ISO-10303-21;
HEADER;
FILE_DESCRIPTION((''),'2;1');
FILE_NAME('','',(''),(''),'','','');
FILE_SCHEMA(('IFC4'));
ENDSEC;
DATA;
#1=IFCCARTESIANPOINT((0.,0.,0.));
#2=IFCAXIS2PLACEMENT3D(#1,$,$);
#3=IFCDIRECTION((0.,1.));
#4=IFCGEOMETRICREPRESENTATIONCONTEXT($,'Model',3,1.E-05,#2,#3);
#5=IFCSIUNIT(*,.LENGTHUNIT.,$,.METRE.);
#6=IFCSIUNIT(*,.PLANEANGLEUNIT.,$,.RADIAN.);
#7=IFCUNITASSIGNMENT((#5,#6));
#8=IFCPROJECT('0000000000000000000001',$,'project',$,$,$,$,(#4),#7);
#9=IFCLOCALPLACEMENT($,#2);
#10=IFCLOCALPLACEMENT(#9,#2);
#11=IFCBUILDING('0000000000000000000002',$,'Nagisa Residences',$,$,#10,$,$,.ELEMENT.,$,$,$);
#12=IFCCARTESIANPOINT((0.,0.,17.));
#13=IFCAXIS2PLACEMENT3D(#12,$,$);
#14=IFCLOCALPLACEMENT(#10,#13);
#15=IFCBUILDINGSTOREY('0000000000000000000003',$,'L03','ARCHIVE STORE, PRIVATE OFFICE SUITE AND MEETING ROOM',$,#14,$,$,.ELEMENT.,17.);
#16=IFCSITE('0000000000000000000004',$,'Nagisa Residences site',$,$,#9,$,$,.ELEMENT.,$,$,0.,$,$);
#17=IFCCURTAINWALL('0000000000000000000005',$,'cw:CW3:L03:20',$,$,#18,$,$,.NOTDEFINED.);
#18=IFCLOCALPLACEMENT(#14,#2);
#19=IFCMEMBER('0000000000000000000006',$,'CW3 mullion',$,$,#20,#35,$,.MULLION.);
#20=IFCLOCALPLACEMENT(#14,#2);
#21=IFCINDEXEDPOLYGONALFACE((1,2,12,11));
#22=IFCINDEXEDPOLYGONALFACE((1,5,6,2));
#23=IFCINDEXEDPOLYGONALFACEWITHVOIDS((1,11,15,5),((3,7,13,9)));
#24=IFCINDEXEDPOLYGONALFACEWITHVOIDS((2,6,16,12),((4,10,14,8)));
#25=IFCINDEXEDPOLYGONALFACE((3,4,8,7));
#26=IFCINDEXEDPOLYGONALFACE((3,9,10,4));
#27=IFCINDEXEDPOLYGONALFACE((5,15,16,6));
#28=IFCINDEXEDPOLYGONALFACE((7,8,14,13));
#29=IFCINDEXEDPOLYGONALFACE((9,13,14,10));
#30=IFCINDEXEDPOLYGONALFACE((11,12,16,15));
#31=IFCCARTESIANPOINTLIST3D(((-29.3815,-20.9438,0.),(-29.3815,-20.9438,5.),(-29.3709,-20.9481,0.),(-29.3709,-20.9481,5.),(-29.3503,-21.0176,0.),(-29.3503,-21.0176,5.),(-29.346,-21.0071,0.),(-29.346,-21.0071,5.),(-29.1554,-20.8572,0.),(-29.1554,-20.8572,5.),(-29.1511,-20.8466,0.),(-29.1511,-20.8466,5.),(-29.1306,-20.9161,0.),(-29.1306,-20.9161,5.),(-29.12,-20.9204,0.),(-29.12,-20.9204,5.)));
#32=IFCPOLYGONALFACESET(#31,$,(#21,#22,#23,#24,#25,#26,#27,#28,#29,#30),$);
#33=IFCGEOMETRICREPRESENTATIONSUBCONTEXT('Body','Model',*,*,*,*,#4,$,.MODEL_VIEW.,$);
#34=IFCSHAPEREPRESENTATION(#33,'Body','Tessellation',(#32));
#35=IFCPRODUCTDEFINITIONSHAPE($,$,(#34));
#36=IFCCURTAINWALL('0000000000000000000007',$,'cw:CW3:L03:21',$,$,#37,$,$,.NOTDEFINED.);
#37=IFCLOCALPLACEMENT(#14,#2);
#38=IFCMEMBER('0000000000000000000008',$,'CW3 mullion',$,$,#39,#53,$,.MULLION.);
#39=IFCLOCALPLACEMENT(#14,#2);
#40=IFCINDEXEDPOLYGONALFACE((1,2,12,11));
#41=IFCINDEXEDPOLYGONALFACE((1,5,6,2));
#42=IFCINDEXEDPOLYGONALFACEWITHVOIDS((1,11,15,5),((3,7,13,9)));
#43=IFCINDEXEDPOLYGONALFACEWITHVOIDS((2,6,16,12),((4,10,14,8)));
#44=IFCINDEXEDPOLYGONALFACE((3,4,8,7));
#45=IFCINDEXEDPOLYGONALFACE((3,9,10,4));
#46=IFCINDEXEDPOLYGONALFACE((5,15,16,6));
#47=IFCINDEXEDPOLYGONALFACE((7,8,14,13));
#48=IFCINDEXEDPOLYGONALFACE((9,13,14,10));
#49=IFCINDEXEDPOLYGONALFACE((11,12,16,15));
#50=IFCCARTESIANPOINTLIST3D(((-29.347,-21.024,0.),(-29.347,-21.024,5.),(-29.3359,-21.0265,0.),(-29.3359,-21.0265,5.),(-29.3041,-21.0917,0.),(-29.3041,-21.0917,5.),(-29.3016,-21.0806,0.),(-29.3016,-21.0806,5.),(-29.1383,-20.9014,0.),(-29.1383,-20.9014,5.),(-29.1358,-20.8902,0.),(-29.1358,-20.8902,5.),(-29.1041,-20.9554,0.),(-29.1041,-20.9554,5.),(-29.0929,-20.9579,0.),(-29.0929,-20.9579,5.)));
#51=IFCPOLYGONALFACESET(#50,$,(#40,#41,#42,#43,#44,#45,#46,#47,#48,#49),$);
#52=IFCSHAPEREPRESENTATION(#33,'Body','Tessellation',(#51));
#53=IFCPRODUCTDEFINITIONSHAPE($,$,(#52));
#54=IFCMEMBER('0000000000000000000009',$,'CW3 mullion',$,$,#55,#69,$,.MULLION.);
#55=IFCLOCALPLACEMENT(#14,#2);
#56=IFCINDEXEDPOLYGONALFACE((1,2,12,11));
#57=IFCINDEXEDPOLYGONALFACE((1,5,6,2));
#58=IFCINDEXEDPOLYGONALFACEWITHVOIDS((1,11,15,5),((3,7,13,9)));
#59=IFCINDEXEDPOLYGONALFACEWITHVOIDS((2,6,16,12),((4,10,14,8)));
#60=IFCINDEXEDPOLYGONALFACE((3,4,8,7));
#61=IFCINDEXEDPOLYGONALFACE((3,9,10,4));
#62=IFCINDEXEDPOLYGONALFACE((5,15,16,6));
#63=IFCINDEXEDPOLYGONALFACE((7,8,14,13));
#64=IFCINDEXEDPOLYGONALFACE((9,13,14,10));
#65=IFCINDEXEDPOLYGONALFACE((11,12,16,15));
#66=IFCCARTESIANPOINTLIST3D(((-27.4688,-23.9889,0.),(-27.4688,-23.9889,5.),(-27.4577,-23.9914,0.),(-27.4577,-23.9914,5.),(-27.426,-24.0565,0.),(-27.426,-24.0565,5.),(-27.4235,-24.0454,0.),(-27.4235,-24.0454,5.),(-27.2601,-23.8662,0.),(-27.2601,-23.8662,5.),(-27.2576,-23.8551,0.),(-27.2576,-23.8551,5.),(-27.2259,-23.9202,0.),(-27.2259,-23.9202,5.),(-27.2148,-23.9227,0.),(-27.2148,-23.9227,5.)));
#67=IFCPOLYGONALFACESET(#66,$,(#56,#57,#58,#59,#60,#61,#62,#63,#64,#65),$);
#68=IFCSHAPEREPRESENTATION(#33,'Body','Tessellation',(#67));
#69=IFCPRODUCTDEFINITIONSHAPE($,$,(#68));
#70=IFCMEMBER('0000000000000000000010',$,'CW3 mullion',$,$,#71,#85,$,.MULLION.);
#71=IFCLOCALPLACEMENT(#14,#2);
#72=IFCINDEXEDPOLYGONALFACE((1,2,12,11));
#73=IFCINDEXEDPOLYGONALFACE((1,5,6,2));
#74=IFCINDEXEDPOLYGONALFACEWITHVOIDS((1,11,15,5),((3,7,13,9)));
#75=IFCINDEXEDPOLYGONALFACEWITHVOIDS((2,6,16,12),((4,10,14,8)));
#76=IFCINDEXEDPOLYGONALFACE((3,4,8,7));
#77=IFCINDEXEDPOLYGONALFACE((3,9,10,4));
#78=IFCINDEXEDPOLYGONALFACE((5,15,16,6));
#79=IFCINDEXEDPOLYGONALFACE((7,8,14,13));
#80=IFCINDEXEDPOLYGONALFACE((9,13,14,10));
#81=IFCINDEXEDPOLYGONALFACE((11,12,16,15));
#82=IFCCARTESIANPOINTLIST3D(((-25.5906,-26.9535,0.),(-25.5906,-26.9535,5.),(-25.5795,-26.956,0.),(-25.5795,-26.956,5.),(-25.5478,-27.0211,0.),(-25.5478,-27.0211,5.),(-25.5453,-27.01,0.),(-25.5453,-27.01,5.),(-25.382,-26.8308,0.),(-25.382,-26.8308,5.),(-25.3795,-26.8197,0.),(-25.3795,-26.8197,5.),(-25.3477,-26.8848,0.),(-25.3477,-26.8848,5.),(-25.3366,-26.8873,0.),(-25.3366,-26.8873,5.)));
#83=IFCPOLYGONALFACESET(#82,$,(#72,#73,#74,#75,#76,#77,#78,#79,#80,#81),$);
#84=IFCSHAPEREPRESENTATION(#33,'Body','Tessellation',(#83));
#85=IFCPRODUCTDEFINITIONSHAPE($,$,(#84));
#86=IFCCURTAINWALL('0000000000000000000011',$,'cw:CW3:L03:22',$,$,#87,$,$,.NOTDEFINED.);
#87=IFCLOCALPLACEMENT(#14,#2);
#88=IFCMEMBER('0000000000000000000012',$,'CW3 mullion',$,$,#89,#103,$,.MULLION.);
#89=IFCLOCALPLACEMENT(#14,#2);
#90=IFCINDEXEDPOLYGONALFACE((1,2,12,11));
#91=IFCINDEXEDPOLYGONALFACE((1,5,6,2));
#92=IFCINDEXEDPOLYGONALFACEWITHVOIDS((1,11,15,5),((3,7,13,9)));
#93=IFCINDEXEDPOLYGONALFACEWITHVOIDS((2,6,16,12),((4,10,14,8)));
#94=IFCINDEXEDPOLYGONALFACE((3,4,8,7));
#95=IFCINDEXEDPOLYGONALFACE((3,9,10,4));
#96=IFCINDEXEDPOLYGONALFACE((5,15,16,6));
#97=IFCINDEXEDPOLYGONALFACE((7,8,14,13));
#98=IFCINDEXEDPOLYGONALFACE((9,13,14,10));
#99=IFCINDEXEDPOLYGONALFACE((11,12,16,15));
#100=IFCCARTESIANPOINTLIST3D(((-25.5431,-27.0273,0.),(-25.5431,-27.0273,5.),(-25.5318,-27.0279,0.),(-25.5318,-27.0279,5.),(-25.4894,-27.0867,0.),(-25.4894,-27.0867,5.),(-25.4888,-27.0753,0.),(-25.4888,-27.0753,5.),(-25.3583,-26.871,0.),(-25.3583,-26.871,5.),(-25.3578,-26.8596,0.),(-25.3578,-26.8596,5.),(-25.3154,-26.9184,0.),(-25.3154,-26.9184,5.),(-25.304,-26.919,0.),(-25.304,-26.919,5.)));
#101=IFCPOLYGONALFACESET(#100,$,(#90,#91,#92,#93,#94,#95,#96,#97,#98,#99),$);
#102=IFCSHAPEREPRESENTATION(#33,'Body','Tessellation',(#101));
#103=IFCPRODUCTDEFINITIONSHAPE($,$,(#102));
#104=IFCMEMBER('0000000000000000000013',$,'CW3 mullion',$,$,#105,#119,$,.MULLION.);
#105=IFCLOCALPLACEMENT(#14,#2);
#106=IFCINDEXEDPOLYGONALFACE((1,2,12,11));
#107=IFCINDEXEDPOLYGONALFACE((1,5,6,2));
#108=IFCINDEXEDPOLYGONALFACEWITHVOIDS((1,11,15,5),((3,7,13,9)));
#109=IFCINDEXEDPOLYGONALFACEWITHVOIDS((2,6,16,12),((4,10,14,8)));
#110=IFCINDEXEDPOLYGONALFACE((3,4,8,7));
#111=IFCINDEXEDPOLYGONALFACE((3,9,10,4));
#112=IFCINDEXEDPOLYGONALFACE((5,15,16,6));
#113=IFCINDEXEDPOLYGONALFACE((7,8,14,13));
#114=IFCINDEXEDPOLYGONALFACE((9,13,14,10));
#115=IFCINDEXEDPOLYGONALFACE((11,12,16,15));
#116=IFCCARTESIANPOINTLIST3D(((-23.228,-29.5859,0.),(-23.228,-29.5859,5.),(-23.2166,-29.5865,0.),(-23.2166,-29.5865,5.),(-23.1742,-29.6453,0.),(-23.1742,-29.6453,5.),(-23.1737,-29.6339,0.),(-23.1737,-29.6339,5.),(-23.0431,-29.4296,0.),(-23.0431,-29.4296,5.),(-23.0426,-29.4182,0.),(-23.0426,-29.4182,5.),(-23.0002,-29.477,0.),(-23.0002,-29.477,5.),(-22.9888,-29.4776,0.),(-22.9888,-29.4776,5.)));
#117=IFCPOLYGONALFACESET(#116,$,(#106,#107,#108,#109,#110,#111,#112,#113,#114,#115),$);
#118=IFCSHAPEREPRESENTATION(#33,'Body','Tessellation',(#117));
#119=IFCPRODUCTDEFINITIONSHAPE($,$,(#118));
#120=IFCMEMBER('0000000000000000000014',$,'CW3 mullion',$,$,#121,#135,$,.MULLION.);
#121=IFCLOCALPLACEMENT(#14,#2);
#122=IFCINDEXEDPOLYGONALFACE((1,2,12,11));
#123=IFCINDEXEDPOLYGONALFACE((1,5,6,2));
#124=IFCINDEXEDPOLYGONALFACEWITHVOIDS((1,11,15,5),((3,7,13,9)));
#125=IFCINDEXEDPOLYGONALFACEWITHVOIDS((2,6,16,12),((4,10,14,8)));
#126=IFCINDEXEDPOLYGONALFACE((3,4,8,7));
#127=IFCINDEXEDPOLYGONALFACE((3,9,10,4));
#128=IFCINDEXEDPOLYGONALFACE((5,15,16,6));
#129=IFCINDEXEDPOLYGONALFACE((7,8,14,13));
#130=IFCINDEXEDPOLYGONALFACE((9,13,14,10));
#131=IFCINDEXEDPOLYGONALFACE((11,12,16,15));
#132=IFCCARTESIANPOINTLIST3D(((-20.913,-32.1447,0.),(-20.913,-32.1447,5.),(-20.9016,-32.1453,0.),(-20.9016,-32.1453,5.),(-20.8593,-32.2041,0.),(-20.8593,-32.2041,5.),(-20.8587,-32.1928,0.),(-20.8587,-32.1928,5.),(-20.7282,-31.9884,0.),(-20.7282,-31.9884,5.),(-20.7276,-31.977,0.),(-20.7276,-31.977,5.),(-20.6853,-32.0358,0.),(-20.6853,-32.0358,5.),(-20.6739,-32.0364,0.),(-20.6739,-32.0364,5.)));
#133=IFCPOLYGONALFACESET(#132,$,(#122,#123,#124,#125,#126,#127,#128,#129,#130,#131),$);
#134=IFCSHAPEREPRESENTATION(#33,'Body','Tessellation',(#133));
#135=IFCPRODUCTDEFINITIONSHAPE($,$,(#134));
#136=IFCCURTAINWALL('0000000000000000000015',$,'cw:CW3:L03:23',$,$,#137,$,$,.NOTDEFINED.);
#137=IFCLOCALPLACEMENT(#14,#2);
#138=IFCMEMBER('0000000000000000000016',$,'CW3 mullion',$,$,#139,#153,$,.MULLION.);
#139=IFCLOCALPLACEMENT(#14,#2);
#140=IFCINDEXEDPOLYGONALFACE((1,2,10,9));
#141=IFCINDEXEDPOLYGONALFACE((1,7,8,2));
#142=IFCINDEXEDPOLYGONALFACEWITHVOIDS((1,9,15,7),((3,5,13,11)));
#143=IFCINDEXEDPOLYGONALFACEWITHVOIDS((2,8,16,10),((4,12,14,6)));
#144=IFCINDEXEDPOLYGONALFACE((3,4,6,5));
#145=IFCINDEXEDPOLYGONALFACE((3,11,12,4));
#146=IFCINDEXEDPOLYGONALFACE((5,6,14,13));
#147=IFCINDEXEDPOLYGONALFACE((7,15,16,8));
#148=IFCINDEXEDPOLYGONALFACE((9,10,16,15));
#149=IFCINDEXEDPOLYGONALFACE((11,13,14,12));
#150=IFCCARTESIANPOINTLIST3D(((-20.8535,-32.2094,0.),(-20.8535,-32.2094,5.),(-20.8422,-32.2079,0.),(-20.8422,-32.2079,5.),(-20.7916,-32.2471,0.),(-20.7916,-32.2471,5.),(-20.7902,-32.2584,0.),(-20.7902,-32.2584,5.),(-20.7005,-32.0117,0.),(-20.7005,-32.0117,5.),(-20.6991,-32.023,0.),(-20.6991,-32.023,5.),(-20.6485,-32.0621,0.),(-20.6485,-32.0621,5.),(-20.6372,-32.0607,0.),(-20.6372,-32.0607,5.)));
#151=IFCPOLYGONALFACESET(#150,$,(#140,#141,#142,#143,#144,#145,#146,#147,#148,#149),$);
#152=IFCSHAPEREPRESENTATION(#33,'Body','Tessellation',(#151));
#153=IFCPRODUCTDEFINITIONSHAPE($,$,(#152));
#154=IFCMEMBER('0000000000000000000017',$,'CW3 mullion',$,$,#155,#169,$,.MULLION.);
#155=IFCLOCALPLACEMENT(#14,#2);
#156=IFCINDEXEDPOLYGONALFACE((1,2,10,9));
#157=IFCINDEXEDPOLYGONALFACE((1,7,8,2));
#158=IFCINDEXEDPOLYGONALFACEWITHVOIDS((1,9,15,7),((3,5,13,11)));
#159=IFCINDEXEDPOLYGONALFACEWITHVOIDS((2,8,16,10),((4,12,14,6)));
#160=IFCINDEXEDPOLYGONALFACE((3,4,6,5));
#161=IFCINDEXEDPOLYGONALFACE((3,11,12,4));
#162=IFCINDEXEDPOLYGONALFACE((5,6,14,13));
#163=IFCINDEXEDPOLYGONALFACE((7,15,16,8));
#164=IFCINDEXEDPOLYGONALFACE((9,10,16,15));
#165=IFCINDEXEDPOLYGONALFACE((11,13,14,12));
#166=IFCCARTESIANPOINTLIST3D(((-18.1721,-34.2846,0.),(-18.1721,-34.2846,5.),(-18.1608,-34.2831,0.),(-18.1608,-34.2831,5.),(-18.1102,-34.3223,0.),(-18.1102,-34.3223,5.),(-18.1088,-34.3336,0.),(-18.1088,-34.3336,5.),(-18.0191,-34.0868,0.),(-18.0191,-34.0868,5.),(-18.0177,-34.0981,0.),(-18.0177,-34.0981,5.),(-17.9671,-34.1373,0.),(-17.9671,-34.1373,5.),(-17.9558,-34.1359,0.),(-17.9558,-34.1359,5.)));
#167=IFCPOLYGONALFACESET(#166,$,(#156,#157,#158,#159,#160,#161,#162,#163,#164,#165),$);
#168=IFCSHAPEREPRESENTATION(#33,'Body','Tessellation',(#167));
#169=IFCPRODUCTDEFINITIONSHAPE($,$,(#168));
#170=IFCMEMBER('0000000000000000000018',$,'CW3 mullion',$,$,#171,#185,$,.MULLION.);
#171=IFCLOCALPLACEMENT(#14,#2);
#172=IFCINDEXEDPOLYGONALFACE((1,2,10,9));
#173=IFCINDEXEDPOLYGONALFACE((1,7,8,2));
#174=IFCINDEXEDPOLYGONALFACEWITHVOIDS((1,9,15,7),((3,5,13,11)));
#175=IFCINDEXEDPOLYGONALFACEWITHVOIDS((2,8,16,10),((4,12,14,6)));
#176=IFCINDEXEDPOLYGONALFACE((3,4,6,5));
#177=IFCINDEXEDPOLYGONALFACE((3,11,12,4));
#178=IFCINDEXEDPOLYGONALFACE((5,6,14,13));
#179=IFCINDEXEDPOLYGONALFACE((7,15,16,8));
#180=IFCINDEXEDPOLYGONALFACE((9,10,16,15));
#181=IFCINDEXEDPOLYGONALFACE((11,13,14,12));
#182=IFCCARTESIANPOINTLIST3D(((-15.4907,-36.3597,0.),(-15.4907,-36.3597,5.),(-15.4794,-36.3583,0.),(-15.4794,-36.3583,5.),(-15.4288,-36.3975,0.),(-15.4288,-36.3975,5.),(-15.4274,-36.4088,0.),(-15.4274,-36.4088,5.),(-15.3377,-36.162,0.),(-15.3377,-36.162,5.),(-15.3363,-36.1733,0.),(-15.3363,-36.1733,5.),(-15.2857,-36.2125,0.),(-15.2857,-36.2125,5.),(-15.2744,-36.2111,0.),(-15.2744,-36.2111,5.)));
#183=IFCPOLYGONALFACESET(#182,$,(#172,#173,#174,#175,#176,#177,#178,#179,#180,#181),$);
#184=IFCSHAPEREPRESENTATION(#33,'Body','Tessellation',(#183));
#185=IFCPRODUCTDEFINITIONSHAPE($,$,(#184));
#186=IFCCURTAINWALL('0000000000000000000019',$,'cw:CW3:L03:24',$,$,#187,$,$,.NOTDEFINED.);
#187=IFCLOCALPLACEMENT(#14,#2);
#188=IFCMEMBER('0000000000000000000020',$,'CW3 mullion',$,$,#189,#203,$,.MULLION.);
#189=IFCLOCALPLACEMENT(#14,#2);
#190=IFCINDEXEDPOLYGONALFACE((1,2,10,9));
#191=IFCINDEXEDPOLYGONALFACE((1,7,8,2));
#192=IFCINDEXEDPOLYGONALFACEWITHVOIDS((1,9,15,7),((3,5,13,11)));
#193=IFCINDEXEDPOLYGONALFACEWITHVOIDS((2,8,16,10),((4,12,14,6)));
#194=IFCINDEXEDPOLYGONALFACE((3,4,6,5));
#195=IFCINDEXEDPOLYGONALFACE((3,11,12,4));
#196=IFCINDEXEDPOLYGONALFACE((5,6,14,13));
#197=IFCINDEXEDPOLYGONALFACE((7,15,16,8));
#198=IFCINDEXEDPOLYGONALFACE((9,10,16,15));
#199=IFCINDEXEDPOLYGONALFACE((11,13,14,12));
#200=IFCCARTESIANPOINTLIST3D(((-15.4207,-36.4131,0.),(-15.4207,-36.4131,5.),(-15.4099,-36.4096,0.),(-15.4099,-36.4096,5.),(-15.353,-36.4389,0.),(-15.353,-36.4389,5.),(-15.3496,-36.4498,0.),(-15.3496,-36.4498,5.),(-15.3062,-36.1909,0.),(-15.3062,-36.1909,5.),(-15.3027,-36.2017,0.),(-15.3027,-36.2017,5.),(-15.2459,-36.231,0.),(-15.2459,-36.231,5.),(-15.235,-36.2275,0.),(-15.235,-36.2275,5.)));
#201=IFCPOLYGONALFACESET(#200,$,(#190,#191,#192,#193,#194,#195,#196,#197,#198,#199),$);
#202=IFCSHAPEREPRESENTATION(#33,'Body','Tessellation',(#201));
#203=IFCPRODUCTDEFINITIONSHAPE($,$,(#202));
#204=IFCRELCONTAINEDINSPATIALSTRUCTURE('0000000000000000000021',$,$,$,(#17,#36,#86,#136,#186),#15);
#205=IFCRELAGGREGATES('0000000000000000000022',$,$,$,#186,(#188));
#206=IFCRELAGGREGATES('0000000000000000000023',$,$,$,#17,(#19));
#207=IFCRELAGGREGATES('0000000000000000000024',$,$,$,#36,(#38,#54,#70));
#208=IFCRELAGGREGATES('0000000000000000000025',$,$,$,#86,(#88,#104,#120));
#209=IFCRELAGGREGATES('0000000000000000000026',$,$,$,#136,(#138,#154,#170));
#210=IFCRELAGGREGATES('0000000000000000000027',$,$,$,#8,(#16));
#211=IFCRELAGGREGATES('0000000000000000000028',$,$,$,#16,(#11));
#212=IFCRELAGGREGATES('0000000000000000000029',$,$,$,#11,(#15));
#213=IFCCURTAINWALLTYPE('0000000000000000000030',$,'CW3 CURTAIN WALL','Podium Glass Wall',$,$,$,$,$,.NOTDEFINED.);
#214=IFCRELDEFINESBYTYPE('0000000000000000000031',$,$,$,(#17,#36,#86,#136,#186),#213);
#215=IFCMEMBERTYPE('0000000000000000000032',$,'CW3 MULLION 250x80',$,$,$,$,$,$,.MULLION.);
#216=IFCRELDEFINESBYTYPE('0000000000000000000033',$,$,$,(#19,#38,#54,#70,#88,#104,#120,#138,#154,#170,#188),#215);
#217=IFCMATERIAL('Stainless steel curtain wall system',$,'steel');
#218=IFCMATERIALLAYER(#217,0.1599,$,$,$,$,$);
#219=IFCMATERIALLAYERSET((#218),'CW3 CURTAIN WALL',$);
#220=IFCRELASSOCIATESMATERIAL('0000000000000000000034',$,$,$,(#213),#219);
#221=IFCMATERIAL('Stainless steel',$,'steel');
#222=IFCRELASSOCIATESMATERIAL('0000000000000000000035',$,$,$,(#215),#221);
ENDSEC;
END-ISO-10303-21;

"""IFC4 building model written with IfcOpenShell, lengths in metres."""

from ifc_helpers import new_model, si_unit, direction, frame, origin, origin_2d, place, context, subcontext, project, spatial, hollow_rectangle, extrude, material, layer, layer_set, material_profile, profile_set, type_object, element, aggregate, save


model = new_model("IFC4")

# Units and contexts
model_context = context("Model", 3, precision=1e-05, world=origin(), true_north=direction((0.0, 1.0)))
body_context = subcontext(model_context, "Body", "Model", "MODEL_VIEW")
ifc_project = project(units=[si_unit("LENGTHUNIT", "METRE"), si_unit("PLANEANGLEUNIT", "RADIAN")], contexts=[model_context])

# Site, building, storey
site_placement = place(None, origin())
site = spatial("IfcSite", under=ifc_project, at=site_placement, Name="Nagisa Residences site", CompositionType="ELEMENT", RefElevation=0.0)
building_placement = place(site_placement, origin())
building = spatial("IfcBuilding", under=site, at=building_placement, Name="Nagisa Residences", CompositionType="ELEMENT")
storey_placement = place(building_placement, frame((0.0, 0.0, 17.0)))
storey = spatial("IfcBuildingStorey", under=building, at=storey_placement, Name="L03", Description="ARCHIVE STORE, PRIVATE OFFICE SUITE AND MEETING ROOM", CompositionType="ELEMENT", Elevation=17.0)

# Curtain walls, members
ifc_material_1 = material(Name="Stainless steel curtain wall system", Category="steel")
ifc_layer_1 = layer(ifc_material_1, 0.1599)
ifc_layer_set_1 = layer_set([ifc_layer_1], Name="CW3 CURTAIN WALL")
curtain_wall_type_1 = type_object("IfcCurtainWallType", Name="CW3 CURTAIN WALL", Description="Podium Glass Wall", PredefinedType="NOTDEFINED", material=ifc_layer_set_1)
curtain_wall_1_placement = place(storey_placement, origin())
curtain_wall_1 = element("IfcCurtainWall", 1, at=curtain_wall_1_placement, inside=storey, type_object=curtain_wall_type_1, Name="cw:CW3:L03:20", PredefinedType="NOTDEFINED")
ifc_material_2 = material(Name="Stainless steel", Category="steel")
ifc_material_profile_1 = material_profile(ifc_material_2, hollow_rectangle(XDim=0.25, YDim=0.0801, WallThickness=0.0081, at=origin_2d()), Name="CW3 MULLION 250x80")
ifc_profile_set_1 = profile_set([ifc_material_profile_1], Name="Stainless steel")
member_type_1 = type_object("IfcMemberType", Name="CW3 MULLION 250x80", PredefinedType="MULLION", material=ifc_profile_set_1)
member_1_placement = place(storey_placement, frame((-29.2507, -20.9321, 0.0), z_axis=(0.0, 0.0, 1.0), x_axis=(0.921357, 0.388718, 0.0)))
member_1 = element("IfcMember", 2, at=member_1_placement, type_object=member_type_1, Name="CW3 mullion", PredefinedType="MULLION", context=body_context, shape_type="SweptSolid", body=[
    extrude(hollow_rectangle(XDim=0.25, YDim=0.0801, WallThickness=0.0081, at=origin_2d()), origin(), (0.0, 0.0, 1.0), 5.0),
])
curtain_wall_2_placement = place(storey_placement, origin())
curtain_wall_2 = element("IfcCurtainWall", 3, at=curtain_wall_2_placement, inside=storey, type_object=curtain_wall_type_1, Name="cw:CW3:L03:21", PredefinedType="NOTDEFINED")
member_2_placement = place(storey_placement, frame((-29.22, -20.991, 0.0), z_axis=(0.0, 0.0, 1.0), x_axis=(0.844747, 0.535165, 0.0)))
member_2 = element("IfcMember", 4, at=member_2_placement, type_object=member_type_1, Name="CW3 mullion", PredefinedType="MULLION", context=body_context, shape_type="SweptSolid", body=[
    extrude(hollow_rectangle(XDim=0.25, YDim=0.0801, WallThickness=0.0081, at=origin_2d()), origin(), (0.0, 0.0, 1.0), 5.0),
])
member_3_placement = place(storey_placement, frame((-27.3418, -23.9558, 0.0), z_axis=(0.0, 0.0, 1.0), x_axis=(0.844747, 0.535165, 0.0)))
member_3 = element("IfcMember", 5, at=member_3_placement, type_object=member_type_1, Name="CW3 mullion", PredefinedType="MULLION", context=body_context, shape_type="SweptSolid", body=[
    extrude(hollow_rectangle(XDim=0.25, YDim=0.0801, WallThickness=0.0081, at=origin_2d()), origin(), (0.0, 0.0, 1.0), 5.0),
])
member_4_placement = place(storey_placement, frame((-25.4636, -26.9204, 0.0), z_axis=(0.0, 0.0, 1.0), x_axis=(0.844747, 0.535165, 0.0)))
member_4 = element("IfcMember", 6, at=member_4_placement, type_object=member_type_1, Name="CW3 mullion", PredefinedType="MULLION", context=body_context, shape_type="SweptSolid", body=[
    extrude(hollow_rectangle(XDim=0.25, YDim=0.0801, WallThickness=0.0081, at=origin_2d()), origin(), (0.0, 0.0, 1.0), 5.0),
])
curtain_wall_3_placement = place(storey_placement, origin())
curtain_wall_3 = element("IfcCurtainWall", 7, at=curtain_wall_3_placement, inside=storey, type_object=curtain_wall_type_1, Name="cw:CW3:L03:22", PredefinedType="NOTDEFINED")
member_5_placement = place(storey_placement, frame((-25.4236, -26.9731, 0.0), z_axis=(0.0, 0.0, 1.0), x_axis=(0.741536, 0.670913, 0.0)))
member_5 = element("IfcMember", 8, at=member_5_placement, type_object=member_type_1, Name="CW3 mullion", PredefinedType="MULLION", context=body_context, shape_type="SweptSolid", body=[
    extrude(hollow_rectangle(XDim=0.25, YDim=0.0801, WallThickness=0.0081, at=origin_2d()), origin(), (0.0, 0.0, 1.0), 5.0),
])
member_6_placement = place(storey_placement, frame((-23.1084, -29.5317, 0.0), z_axis=(0.0, 0.0, 1.0), x_axis=(0.741536, 0.670913, 0.0)))
member_6 = element("IfcMember", 9, at=member_6_placement, type_object=member_type_1, Name="CW3 mullion", PredefinedType="MULLION", context=body_context, shape_type="SweptSolid", body=[
    extrude(hollow_rectangle(XDim=0.25, YDim=0.0801, WallThickness=0.0081, at=origin_2d()), origin(), (0.0, 0.0, 1.0), 5.0),
])
member_7_placement = place(storey_placement, frame((-20.7935, -32.0906, 0.0), z_axis=(0.0, 0.0, 1.0), x_axis=(0.741536, 0.670913, 0.0)))
member_7 = element("IfcMember", 10, at=member_7_placement, type_object=member_type_1, Name="CW3 mullion", PredefinedType="MULLION", context=body_context, shape_type="SweptSolid", body=[
    extrude(hollow_rectangle(XDim=0.25, YDim=0.0801, WallThickness=0.0081, at=origin_2d()), origin(), (0.0, 0.0, 1.0), 5.0),
])
curtain_wall_4_placement = place(storey_placement, origin())
curtain_wall_4 = element("IfcCurtainWall", 11, at=curtain_wall_4_placement, inside=storey, type_object=curtain_wall_type_1, Name="cw:CW3:L03:23", PredefinedType="NOTDEFINED")
member_8_placement = place(storey_placement, frame((-20.7454, -32.135, 0.0), z_axis=(0.0, 0.0, 1.0), x_axis=(0.612035, 0.790831, 0.0)))
member_8 = element("IfcMember", 12, at=member_8_placement, type_object=member_type_1, Name="CW3 mullion", PredefinedType="MULLION", context=body_context, shape_type="SweptSolid", body=[
    extrude(hollow_rectangle(XDim=0.25, YDim=0.0801, WallThickness=0.0081, at=origin_2d()), origin(), (0.0, 0.0, 1.0), 5.0),
])
member_9_placement = place(storey_placement, frame((-18.064, -34.2102, 0.0), z_axis=(0.0, 0.0, 1.0), x_axis=(0.612035, 0.790831, 0.0)))
member_9 = element("IfcMember", 13, at=member_9_placement, type_object=member_type_1, Name="CW3 mullion", PredefinedType="MULLION", context=body_context, shape_type="SweptSolid", body=[
    extrude(hollow_rectangle(XDim=0.25, YDim=0.0801, WallThickness=0.0081, at=origin_2d()), origin(), (0.0, 0.0, 1.0), 5.0),
])
member_10_placement = place(storey_placement, frame((-15.3826, -36.2854, 0.0), z_axis=(0.0, 0.0, 1.0), x_axis=(0.612035, 0.790831, 0.0)))
member_10 = element("IfcMember", 14, at=member_10_placement, type_object=member_type_1, Name="CW3 mullion", PredefinedType="MULLION", context=body_context, shape_type="SweptSolid", body=[
    extrude(hollow_rectangle(XDim=0.25, YDim=0.0801, WallThickness=0.0081, at=origin_2d()), origin(), (0.0, 0.0, 1.0), 5.0),
])

# Curtain wall, member
curtain_wall_5_placement = place(storey_placement, origin())
curtain_wall_5 = element("IfcCurtainWall", 15, at=curtain_wall_5_placement, inside=storey, type_object=curtain_wall_type_1, Name="cw:CW3:L03:24", PredefinedType="NOTDEFINED")
member_11_placement = place(storey_placement, frame((-15.3279, -36.3203, 0.0), z_axis=(0.0, 0.0, 1.0), x_axis=(0.458126, 0.888887, 0.0)))
member_11 = element("IfcMember", 16, at=member_11_placement, type_object=member_type_1, Name="CW3 mullion", PredefinedType="MULLION", context=body_context, shape_type="SweptSolid", body=[
    extrude(hollow_rectangle(XDim=0.25, YDim=0.0801, WallThickness=0.0081, at=origin_2d()), origin(), (0.0, 0.0, 1.0), 5.0),
])

aggregate(curtain_wall_5, [member_11])

aggregate(curtain_wall_1, [member_1])
aggregate(curtain_wall_2, [member_2, member_3, member_4])
aggregate(curtain_wall_3, [member_5, member_6, member_7])
aggregate(curtain_wall_4, [member_8, member_9, member_10])

save(model, "model.ifc")
